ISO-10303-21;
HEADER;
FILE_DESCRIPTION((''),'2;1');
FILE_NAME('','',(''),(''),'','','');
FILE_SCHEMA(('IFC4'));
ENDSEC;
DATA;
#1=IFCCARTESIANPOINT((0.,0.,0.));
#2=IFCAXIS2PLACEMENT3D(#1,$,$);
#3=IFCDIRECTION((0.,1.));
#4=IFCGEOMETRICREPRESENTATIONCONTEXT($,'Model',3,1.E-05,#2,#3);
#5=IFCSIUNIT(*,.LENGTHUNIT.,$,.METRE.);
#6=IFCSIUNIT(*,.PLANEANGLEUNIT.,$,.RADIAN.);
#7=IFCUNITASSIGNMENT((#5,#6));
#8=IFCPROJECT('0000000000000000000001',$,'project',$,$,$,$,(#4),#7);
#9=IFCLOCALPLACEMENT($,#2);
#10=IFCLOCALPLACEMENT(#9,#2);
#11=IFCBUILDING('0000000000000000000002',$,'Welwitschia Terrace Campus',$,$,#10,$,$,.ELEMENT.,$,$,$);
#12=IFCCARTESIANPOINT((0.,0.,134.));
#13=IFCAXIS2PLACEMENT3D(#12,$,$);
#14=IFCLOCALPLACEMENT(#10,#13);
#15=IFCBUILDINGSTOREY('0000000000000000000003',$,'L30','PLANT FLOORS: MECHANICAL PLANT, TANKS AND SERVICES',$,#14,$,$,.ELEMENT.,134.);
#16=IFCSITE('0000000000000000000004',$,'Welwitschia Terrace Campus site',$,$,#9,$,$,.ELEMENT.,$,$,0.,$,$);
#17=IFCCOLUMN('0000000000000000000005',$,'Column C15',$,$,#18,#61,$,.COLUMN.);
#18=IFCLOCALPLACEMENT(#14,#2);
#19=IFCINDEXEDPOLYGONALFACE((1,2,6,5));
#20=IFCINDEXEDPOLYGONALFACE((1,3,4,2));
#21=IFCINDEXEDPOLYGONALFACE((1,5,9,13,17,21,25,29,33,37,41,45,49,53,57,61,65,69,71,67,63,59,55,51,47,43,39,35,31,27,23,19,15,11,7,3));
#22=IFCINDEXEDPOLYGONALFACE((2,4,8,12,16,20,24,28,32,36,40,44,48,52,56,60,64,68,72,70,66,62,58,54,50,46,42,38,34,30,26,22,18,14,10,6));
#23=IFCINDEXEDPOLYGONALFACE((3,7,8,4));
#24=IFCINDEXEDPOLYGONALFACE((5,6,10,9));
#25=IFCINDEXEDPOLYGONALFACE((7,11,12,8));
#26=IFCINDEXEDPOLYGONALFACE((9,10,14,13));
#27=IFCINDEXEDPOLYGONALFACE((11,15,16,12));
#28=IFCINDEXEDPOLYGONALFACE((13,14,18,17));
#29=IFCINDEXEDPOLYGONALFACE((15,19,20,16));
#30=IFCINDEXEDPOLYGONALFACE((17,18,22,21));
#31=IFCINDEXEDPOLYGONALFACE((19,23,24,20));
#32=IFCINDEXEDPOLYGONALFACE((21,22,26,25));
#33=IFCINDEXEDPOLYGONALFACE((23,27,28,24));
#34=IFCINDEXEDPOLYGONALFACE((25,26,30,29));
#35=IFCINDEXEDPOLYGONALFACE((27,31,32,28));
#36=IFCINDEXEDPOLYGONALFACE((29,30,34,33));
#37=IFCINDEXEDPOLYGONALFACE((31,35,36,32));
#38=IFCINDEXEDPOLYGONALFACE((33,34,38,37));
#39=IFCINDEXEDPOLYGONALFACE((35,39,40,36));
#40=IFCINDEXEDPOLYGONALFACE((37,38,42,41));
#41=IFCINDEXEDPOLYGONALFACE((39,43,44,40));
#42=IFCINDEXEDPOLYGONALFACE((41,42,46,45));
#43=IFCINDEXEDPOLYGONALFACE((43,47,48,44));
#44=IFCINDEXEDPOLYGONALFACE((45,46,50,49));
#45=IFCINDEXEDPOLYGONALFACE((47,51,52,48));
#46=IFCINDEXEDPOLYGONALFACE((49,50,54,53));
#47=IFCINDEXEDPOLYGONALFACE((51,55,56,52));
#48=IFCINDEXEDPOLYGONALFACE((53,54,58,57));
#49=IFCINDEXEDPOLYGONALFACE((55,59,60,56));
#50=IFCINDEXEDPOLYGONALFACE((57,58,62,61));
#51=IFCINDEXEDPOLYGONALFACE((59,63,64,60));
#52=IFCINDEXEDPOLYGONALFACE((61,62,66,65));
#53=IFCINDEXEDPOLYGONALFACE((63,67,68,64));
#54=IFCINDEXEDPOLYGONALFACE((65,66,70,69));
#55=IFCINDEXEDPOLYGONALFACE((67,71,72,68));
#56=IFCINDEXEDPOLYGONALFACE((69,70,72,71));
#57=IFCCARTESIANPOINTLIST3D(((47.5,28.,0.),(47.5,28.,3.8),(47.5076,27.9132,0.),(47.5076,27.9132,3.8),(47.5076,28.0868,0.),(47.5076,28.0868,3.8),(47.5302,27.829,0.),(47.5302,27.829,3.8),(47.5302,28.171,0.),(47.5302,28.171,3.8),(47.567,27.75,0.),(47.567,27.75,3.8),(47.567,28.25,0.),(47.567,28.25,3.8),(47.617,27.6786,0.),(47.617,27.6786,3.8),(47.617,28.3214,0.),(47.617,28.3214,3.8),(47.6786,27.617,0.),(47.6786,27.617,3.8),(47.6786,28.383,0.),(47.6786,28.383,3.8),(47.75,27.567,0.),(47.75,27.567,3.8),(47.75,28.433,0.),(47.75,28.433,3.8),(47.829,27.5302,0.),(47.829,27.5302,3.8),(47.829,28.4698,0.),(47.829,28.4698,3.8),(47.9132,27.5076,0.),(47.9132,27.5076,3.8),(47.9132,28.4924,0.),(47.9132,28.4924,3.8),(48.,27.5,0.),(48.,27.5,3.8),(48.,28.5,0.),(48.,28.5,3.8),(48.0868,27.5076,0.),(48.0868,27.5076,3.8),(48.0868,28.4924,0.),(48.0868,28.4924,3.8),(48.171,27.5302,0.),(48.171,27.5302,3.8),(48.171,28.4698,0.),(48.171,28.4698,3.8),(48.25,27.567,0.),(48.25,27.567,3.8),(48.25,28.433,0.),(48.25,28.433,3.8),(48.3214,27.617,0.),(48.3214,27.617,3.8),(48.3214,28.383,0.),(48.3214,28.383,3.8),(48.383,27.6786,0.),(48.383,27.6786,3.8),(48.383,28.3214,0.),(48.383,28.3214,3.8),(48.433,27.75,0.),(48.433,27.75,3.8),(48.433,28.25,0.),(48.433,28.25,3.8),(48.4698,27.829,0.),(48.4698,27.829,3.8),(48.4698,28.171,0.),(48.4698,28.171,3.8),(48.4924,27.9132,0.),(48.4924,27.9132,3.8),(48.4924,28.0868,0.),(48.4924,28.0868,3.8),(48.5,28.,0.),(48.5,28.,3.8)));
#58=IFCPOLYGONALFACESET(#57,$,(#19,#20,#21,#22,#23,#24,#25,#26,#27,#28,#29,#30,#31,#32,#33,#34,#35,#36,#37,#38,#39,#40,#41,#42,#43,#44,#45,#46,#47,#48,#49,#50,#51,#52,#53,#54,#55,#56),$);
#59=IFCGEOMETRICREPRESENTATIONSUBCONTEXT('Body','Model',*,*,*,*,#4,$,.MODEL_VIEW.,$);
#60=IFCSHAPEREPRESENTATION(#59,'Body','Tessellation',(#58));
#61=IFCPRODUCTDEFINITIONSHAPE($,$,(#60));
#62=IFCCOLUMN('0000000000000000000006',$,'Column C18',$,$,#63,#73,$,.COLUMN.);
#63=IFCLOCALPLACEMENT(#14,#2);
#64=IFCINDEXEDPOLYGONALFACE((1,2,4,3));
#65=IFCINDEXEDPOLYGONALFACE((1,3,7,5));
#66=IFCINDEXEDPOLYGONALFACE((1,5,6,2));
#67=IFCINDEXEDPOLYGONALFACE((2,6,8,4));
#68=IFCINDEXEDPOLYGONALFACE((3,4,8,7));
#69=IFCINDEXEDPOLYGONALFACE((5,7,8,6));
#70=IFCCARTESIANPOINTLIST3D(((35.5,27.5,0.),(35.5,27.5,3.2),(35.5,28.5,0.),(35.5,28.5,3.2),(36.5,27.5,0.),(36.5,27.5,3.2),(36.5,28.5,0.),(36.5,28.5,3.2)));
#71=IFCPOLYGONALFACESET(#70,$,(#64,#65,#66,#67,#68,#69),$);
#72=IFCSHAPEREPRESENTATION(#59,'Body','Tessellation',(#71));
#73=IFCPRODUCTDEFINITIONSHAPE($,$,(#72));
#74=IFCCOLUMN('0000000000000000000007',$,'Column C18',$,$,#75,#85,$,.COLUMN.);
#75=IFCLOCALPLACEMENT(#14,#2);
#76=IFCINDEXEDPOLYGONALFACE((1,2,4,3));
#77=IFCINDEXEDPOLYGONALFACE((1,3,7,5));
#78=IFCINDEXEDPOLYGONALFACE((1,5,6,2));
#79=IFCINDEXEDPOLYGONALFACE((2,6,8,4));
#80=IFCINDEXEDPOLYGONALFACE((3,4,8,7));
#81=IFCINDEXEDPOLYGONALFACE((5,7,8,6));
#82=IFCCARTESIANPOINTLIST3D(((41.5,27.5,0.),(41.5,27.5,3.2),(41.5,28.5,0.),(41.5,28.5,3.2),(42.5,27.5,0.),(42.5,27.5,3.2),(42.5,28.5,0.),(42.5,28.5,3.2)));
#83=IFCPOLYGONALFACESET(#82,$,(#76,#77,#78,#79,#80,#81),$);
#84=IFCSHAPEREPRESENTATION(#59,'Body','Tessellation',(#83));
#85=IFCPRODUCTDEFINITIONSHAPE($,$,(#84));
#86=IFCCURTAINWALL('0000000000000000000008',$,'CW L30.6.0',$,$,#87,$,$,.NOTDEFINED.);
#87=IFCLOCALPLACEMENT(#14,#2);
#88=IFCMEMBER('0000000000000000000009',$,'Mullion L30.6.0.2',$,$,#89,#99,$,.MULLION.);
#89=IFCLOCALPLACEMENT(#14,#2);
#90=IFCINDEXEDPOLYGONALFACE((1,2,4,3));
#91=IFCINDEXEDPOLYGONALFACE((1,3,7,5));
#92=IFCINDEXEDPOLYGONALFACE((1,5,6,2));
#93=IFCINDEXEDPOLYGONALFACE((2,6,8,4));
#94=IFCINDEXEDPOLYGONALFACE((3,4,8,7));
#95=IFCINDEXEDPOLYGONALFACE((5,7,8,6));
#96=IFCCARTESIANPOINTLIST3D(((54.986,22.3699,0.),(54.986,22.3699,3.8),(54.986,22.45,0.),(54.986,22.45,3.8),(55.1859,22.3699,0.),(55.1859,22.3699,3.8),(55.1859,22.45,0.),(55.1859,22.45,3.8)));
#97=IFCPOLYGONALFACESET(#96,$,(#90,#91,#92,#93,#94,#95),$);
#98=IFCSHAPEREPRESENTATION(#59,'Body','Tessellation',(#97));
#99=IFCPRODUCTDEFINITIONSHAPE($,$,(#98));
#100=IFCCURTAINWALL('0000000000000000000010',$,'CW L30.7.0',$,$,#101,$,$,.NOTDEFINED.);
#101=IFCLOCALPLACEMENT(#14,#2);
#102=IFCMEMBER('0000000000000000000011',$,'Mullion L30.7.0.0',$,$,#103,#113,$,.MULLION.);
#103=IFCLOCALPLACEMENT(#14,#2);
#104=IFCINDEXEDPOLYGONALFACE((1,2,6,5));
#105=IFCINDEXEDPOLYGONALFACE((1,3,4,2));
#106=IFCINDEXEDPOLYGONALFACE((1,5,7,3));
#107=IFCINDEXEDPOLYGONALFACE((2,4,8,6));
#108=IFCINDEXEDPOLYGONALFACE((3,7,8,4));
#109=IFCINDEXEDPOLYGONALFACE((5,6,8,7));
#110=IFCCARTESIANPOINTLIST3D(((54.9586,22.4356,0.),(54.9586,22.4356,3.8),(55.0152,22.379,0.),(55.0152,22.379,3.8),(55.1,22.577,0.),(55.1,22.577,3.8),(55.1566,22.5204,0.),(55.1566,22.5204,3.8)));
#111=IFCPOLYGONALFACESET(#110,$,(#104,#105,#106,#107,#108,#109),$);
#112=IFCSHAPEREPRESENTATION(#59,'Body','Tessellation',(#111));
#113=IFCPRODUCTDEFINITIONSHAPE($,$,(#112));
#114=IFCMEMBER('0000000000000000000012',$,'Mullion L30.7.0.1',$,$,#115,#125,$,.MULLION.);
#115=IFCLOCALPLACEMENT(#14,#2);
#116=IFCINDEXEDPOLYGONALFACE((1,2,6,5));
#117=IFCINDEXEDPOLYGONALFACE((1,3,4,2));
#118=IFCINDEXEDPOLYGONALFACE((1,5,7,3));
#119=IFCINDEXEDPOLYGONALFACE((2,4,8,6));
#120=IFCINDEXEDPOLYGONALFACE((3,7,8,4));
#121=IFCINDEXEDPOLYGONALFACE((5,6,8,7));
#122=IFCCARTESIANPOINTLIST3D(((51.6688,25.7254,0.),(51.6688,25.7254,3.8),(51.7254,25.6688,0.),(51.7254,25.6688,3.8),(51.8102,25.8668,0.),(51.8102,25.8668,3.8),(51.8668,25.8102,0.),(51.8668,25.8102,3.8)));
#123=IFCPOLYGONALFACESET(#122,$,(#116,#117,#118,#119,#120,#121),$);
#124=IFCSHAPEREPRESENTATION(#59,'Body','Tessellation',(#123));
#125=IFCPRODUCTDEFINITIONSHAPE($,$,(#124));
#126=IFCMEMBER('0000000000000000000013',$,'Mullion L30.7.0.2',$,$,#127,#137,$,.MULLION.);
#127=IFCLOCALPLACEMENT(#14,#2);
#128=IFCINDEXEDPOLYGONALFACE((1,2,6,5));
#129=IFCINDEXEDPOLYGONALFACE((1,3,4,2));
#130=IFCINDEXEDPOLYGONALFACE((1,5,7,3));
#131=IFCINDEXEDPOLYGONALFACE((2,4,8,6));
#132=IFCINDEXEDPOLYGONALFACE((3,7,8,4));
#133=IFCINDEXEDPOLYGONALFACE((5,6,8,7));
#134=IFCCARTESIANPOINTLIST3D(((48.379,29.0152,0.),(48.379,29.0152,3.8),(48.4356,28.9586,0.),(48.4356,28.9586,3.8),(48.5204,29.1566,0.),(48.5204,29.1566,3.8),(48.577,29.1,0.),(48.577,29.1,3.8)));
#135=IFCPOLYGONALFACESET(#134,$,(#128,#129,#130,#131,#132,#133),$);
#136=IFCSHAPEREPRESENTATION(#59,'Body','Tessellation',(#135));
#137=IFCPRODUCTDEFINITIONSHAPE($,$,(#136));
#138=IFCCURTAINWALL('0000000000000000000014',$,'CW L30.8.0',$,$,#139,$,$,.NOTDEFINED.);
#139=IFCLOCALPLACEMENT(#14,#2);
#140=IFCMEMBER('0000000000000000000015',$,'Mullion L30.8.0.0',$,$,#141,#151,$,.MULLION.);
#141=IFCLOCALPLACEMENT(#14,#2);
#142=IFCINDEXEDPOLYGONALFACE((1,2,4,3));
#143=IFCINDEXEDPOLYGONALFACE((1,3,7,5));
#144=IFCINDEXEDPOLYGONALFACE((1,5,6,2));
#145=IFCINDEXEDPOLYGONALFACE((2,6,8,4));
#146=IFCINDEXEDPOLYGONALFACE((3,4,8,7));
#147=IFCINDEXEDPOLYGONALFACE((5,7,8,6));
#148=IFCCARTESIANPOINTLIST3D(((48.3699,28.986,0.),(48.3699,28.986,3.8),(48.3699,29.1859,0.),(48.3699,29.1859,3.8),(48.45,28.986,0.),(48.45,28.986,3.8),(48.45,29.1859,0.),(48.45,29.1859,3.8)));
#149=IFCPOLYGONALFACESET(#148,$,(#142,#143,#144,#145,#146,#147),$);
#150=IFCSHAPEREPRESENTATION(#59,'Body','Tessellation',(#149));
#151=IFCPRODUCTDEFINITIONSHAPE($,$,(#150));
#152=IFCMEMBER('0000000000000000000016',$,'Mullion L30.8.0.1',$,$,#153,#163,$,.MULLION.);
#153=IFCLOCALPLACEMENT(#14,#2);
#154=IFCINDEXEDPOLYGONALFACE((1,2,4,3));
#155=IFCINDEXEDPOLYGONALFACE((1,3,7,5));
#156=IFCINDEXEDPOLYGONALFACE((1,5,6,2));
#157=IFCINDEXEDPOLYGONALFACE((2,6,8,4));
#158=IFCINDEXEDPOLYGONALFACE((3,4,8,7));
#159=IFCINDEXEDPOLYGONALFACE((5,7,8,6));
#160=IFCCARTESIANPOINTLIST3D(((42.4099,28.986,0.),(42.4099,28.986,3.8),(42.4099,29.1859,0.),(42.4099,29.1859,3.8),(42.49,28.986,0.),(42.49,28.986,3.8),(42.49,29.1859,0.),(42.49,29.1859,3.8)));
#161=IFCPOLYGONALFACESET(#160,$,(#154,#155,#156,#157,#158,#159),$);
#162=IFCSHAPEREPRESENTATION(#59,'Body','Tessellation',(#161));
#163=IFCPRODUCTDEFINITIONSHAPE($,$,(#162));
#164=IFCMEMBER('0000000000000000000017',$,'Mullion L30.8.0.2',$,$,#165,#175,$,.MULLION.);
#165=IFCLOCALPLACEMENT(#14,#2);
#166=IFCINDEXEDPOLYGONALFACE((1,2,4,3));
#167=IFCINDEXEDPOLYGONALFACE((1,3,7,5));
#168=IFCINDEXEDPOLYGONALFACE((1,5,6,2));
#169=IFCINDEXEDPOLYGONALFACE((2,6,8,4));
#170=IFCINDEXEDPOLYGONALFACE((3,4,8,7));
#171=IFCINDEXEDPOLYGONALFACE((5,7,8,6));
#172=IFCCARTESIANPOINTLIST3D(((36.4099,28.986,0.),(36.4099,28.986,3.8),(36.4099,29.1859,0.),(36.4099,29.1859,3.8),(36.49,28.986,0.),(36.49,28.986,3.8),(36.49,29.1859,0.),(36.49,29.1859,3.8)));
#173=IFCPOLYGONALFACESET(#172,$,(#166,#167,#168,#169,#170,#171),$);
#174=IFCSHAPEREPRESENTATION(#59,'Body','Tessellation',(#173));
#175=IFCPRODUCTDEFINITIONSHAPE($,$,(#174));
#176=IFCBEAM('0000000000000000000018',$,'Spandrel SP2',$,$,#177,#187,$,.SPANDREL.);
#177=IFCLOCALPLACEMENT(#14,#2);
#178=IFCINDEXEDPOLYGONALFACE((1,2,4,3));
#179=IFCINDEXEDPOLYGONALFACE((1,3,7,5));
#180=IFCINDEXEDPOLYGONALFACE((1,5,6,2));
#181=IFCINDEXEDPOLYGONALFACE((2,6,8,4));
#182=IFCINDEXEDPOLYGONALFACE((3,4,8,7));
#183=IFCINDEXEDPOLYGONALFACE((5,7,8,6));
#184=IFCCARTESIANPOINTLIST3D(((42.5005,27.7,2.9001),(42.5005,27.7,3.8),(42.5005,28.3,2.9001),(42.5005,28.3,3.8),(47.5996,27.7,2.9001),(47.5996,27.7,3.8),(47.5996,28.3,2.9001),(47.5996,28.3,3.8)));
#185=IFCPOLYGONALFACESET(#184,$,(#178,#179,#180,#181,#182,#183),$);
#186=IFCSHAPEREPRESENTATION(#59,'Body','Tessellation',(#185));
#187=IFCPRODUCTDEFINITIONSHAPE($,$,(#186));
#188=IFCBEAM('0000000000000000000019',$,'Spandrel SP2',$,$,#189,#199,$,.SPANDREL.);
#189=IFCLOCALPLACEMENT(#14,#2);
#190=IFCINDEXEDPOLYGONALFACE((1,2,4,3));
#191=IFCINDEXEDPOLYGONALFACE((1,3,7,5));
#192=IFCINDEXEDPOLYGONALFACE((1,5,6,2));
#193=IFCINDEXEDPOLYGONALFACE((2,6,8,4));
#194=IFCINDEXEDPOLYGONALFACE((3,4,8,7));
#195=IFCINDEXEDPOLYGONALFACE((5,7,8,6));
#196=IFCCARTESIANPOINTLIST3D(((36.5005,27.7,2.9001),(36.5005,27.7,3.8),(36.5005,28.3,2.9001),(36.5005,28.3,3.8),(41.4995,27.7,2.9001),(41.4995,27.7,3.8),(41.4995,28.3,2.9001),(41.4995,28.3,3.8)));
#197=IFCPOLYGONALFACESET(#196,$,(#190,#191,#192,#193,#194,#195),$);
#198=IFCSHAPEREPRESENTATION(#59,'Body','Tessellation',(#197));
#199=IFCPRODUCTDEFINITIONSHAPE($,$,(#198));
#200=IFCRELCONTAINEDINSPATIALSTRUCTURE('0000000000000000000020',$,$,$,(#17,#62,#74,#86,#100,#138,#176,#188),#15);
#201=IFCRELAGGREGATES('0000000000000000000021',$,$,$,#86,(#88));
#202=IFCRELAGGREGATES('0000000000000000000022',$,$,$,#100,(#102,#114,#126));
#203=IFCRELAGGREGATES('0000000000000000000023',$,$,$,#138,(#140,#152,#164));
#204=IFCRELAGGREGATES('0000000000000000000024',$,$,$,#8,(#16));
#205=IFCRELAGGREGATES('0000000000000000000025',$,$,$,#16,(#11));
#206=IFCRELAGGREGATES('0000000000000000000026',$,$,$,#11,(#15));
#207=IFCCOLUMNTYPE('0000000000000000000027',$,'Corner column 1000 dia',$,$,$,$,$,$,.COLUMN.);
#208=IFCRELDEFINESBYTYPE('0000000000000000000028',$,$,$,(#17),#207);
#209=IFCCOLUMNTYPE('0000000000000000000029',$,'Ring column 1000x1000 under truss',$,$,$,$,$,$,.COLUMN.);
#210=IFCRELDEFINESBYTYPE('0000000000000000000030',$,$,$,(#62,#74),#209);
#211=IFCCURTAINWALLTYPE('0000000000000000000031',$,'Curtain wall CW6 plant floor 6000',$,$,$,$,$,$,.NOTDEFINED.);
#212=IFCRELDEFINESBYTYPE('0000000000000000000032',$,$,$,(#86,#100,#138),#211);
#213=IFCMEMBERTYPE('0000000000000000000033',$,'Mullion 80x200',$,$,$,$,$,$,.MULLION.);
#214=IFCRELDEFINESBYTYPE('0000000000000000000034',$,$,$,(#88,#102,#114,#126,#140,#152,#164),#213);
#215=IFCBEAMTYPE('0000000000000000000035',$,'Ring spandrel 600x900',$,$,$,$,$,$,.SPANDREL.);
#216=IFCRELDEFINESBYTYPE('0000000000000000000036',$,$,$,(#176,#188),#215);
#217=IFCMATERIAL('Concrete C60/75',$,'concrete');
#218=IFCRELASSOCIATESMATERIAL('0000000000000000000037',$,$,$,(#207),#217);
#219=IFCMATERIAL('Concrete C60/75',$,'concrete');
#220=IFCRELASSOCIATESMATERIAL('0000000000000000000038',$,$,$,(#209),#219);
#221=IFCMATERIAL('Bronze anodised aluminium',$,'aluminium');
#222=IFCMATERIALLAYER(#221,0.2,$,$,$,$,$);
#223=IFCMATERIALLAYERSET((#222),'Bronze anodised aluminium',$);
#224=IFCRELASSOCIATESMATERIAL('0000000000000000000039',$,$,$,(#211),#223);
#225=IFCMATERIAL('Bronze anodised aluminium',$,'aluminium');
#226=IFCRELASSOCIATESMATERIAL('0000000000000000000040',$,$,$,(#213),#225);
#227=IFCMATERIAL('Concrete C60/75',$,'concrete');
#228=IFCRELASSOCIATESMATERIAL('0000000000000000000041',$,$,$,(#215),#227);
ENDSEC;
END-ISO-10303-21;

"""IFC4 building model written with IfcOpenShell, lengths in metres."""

from ifc_helpers import new_model, si_unit, direction, frame, origin, origin_2d, place, context, subcontext, project, spatial, rectangle, circle, extrude, material, layer, layer_set, material_profile, profile_set, type_object, element, aggregate, save


model = new_model("IFC4")

# Units and contexts
model_context = context("Model", 3, precision=1e-05, world=origin(), true_north=direction((0.0, 1.0)))
body_context = subcontext(model_context, "Body", "Model", "MODEL_VIEW")
ifc_project = project(units=[si_unit("LENGTHUNIT", "METRE"), si_unit("PLANEANGLEUNIT", "RADIAN")], contexts=[model_context])

# Site, building, storey
site_placement = place(None, origin())
site = spatial("IfcSite", under=ifc_project, at=site_placement, Name="Welwitschia Terrace Campus site", CompositionType="ELEMENT", RefElevation=0.0)
building_placement = place(site_placement, origin())
building = spatial("IfcBuilding", under=site, at=building_placement, Name="Welwitschia Terrace Campus", CompositionType="ELEMENT")
storey_placement = place(building_placement, frame((0.0, 0.0, 134.0)))
storey = spatial("IfcBuildingStorey", under=building, at=storey_placement, Name="L30", Description="PLANT FLOORS: MECHANICAL PLANT, TANKS AND SERVICES", CompositionType="ELEMENT", Elevation=134.0)

# Columns
ifc_material_1 = material(Name="Concrete C60/75", Category="concrete")
ifc_material_profile_1 = material_profile(ifc_material_1, circle(Radius=0.5, at=origin_2d()))
ifc_profile_set_1 = profile_set([ifc_material_profile_1], Name="Concrete C60/75")
column_type_1 = type_object("IfcColumnType", Name="Corner column 1000 dia", PredefinedType="COLUMN", material=ifc_profile_set_1)
column_placement = place(storey_placement, frame((48.0, 28.0, 0.0), z_axis=(0.0, 0.0, 1.0), x_axis=(1.0, 0.0, 0.0)))
element("IfcColumn", 1, at=column_placement, inside=storey, type_object=column_type_1, Name="Column C15", PredefinedType="COLUMN", context=body_context, shape_type="SweptSolid", body=[
    extrude(circle(Radius=0.5, at=origin_2d()), origin(), (0.0, 0.0, 1.0), 3.8),
])
ifc_material_2 = material(Name="Concrete C60/75", Category="concrete")
ifc_material_profile_2 = material_profile(ifc_material_2, rectangle(XDim=1.0, YDim=1.0, at=origin_2d()))
ifc_profile_set_2 = profile_set([ifc_material_profile_2], Name="Concrete C60/75")
column_type_2 = type_object("IfcColumnType", Name="Ring column 1000x1000 under truss", PredefinedType="COLUMN", material=ifc_profile_set_2)
for number, where, z_axis, x_axis, name in (
    (2, (36.0, 28.0, 0.0), (0.0, 0.0, 1.0), (1.0, 0.0, 0.0), "Column C18"),
    (3, (42.0, 28.0, 0.0), (0.0, 0.0, 1.0), (1.0, 0.0, 0.0), "Column C18"),
):
    element("IfcColumn", number, at=place(storey_placement, frame(where, z_axis=z_axis, x_axis=x_axis)), inside=storey, type_object=column_type_2, Name=name, PredefinedType="COLUMN", context=body_context, shape_type="SweptSolid", body=[
        extrude(rectangle(XDim=1.0, YDim=1.0, at=origin_2d()), origin(), (0.0, 0.0, 1.0), 3.2),
    ])

# Curtain wall, member
ifc_material_3 = material(Name="Bronze anodised aluminium", Category="aluminium")
ifc_layer_1 = layer(ifc_material_3, 0.2)
ifc_layer_set_1 = layer_set([ifc_layer_1], Name="Bronze anodised aluminium")
curtain_wall_type = type_object("IfcCurtainWallType", Name="Curtain wall CW6 plant floor 6000", PredefinedType="NOTDEFINED", material=ifc_layer_set_1)
curtain_wall_1_placement = place(storey_placement, origin())
curtain_wall_1 = element("IfcCurtainWall", 4, at=curtain_wall_1_placement, inside=storey, type_object=curtain_wall_type, Name="CW L30.6.0", PredefinedType="NOTDEFINED")
ifc_material_4 = material(Name="Bronze anodised aluminium", Category="aluminium")
ifc_material_profile_3 = material_profile(ifc_material_4, rectangle(XDim=0.2, YDim=0.0801, at=origin_2d()))
ifc_profile_set_3 = profile_set([ifc_material_profile_3], Name="Bronze anodised aluminium")
member_type_1 = type_object("IfcMemberType", Name="Mullion 80x200", PredefinedType="MULLION", material=ifc_profile_set_3)
member_1_placement = place(storey_placement, frame((55.0859, 22.4099, 0.0), z_axis=(0.0, 0.0, 1.0), x_axis=(-1.0, 0.0, 0.0)))
member_1 = element("IfcMember", 5, at=member_1_placement, type_object=member_type_1, Name="Mullion L30.6.0.2", PredefinedType="MULLION", context=body_context, shape_type="SweptSolid", body=[
    extrude(rectangle(XDim=0.2, YDim=0.0801, at=origin_2d()), origin(), (0.0, 0.0, 1.0), 3.8),
])
aggregate(curtain_wall_1, [member_1])

# Curtain walls, members
curtain_wall_2_placement = place(storey_placement, origin())
curtain_wall_2 = element("IfcCurtainWall", 6, at=curtain_wall_2_placement, inside=storey, type_object=curtain_wall_type, Name="CW L30.7.0", PredefinedType="NOTDEFINED")
member_2_placement = place(storey_placement, frame((55.0576, 22.478, 0.0), z_axis=(0.0, 0.0, 1.0), x_axis=(-0.707107, -0.707107, 0.0)))
member_2 = element("IfcMember", 7, at=member_2_placement, type_object=member_type_1, Name="Mullion L30.7.0.0", PredefinedType="MULLION", context=body_context, shape_type="SweptSolid", body=[
    extrude(rectangle(XDim=0.2, YDim=0.0801, at=origin_2d()), origin(), (0.0, 0.0, 1.0), 3.8),
])
member_3_placement = place(storey_placement, frame((51.7678, 25.7678, 0.0), z_axis=(0.0, 0.0, 1.0), x_axis=(-0.707107, -0.707107, 0.0)))
member_3 = element("IfcMember", 8, at=member_3_placement, type_object=member_type_1, Name="Mullion L30.7.0.1", PredefinedType="MULLION", context=body_context, shape_type="SweptSolid", body=[
    extrude(rectangle(XDim=0.2, YDim=0.0801, at=origin_2d()), origin(), (0.0, 0.0, 1.0), 3.8),
])
member_4_placement = place(storey_placement, frame((48.478, 29.0576, 0.0), z_axis=(0.0, 0.0, 1.0), x_axis=(-0.707107, -0.707107, 0.0)))
member_4 = element("IfcMember", 9, at=member_4_placement, type_object=member_type_1, Name="Mullion L30.7.0.2", PredefinedType="MULLION", context=body_context, shape_type="SweptSolid", body=[
    extrude(rectangle(XDim=0.2, YDim=0.0801, at=origin_2d()), origin(), (0.0, 0.0, 1.0), 3.8),
])
curtain_wall_3_placement = place(storey_placement, origin())
curtain_wall_3 = element("IfcCurtainWall", 10, at=curtain_wall_3_placement, inside=storey, type_object=curtain_wall_type, Name="CW L30.8.0", PredefinedType="NOTDEFINED")
member_5_placement = place(storey_placement, frame((48.4099, 29.0859, 0.0), z_axis=(0.0, 0.0, 1.0), x_axis=(0.0, -1.0, 0.0)))
member_5 = element("IfcMember", 11, at=member_5_placement, type_object=member_type_1, Name="Mullion L30.8.0.0", PredefinedType="MULLION", context=body_context, shape_type="SweptSolid", body=[
    extrude(rectangle(XDim=0.2, YDim=0.0801, at=origin_2d()), origin(), (0.0, 0.0, 1.0), 3.8),
])
member_6_placement = place(storey_placement, frame((42.45, 29.0859, 0.0), z_axis=(0.0, 0.0, 1.0), x_axis=(0.0, -1.0, 0.0)))
member_6 = element("IfcMember", 12, at=member_6_placement, type_object=member_type_1, Name="Mullion L30.8.0.1", PredefinedType="MULLION", context=body_context, shape_type="SweptSolid", body=[
    extrude(rectangle(XDim=0.2, YDim=0.0801, at=origin_2d()), origin(), (0.0, 0.0, 1.0), 3.8),
])
member_7_placement = place(storey_placement, frame((36.45, 29.0859, 0.0), z_axis=(0.0, 0.0, 1.0), x_axis=(0.0, -1.0, 0.0)))
member_7 = element("IfcMember", 13, at=member_7_placement, type_object=member_type_1, Name="Mullion L30.8.0.2", PredefinedType="MULLION", context=body_context, shape_type="SweptSolid", body=[
    extrude(rectangle(XDim=0.2, YDim=0.0801, at=origin_2d()), origin(), (0.0, 0.0, 1.0), 3.8),
])

# Beams
ifc_material_5 = material(Name="Concrete C60/75", Category="concrete")
ifc_material_profile_4 = material_profile(ifc_material_5, rectangle(XDim=0.6001, YDim=0.8999, at=origin_2d()))
ifc_profile_set_4 = profile_set([ifc_material_profile_4], Name="Concrete C60/75")
beam_type = type_object("IfcBeamType", Name="Ring spandrel 600x900", PredefinedType="SPANDREL", material=ifc_profile_set_4)
beam_1_placement = place(storey_placement, frame((47.5996, 28.0, 3.3501), z_axis=(-1.0, 0.0, 0.0), x_axis=(0.0, -1.0, 0.0)))
element("IfcBeam", 14, at=beam_1_placement, inside=storey, type_object=beam_type, Name="Spandrel SP2", PredefinedType="SPANDREL", context=body_context, shape_type="SweptSolid", body=[
    extrude(rectangle(XDim=0.6001, YDim=0.8999, at=origin_2d()), origin(), (0.0, 0.0, 1.0), 5.0991),
])
beam_2_placement = place(storey_placement, frame((41.4995, 28.0, 3.3501), z_axis=(-1.0, 0.0, 0.0), x_axis=(0.0, -1.0, 0.0)))
element("IfcBeam", 15, at=beam_2_placement, inside=storey, type_object=beam_type, Name="Spandrel SP2", PredefinedType="SPANDREL", context=body_context, shape_type="SweptSolid", body=[
    extrude(rectangle(XDim=0.6001, YDim=0.8999, at=origin_2d()), origin(), (0.0, 0.0, 1.0), 4.999),
])

aggregate(curtain_wall_2, [member_2, member_3, member_4])
aggregate(curtain_wall_3, [member_5, member_6, member_7])

save(model, "model.ifc")
